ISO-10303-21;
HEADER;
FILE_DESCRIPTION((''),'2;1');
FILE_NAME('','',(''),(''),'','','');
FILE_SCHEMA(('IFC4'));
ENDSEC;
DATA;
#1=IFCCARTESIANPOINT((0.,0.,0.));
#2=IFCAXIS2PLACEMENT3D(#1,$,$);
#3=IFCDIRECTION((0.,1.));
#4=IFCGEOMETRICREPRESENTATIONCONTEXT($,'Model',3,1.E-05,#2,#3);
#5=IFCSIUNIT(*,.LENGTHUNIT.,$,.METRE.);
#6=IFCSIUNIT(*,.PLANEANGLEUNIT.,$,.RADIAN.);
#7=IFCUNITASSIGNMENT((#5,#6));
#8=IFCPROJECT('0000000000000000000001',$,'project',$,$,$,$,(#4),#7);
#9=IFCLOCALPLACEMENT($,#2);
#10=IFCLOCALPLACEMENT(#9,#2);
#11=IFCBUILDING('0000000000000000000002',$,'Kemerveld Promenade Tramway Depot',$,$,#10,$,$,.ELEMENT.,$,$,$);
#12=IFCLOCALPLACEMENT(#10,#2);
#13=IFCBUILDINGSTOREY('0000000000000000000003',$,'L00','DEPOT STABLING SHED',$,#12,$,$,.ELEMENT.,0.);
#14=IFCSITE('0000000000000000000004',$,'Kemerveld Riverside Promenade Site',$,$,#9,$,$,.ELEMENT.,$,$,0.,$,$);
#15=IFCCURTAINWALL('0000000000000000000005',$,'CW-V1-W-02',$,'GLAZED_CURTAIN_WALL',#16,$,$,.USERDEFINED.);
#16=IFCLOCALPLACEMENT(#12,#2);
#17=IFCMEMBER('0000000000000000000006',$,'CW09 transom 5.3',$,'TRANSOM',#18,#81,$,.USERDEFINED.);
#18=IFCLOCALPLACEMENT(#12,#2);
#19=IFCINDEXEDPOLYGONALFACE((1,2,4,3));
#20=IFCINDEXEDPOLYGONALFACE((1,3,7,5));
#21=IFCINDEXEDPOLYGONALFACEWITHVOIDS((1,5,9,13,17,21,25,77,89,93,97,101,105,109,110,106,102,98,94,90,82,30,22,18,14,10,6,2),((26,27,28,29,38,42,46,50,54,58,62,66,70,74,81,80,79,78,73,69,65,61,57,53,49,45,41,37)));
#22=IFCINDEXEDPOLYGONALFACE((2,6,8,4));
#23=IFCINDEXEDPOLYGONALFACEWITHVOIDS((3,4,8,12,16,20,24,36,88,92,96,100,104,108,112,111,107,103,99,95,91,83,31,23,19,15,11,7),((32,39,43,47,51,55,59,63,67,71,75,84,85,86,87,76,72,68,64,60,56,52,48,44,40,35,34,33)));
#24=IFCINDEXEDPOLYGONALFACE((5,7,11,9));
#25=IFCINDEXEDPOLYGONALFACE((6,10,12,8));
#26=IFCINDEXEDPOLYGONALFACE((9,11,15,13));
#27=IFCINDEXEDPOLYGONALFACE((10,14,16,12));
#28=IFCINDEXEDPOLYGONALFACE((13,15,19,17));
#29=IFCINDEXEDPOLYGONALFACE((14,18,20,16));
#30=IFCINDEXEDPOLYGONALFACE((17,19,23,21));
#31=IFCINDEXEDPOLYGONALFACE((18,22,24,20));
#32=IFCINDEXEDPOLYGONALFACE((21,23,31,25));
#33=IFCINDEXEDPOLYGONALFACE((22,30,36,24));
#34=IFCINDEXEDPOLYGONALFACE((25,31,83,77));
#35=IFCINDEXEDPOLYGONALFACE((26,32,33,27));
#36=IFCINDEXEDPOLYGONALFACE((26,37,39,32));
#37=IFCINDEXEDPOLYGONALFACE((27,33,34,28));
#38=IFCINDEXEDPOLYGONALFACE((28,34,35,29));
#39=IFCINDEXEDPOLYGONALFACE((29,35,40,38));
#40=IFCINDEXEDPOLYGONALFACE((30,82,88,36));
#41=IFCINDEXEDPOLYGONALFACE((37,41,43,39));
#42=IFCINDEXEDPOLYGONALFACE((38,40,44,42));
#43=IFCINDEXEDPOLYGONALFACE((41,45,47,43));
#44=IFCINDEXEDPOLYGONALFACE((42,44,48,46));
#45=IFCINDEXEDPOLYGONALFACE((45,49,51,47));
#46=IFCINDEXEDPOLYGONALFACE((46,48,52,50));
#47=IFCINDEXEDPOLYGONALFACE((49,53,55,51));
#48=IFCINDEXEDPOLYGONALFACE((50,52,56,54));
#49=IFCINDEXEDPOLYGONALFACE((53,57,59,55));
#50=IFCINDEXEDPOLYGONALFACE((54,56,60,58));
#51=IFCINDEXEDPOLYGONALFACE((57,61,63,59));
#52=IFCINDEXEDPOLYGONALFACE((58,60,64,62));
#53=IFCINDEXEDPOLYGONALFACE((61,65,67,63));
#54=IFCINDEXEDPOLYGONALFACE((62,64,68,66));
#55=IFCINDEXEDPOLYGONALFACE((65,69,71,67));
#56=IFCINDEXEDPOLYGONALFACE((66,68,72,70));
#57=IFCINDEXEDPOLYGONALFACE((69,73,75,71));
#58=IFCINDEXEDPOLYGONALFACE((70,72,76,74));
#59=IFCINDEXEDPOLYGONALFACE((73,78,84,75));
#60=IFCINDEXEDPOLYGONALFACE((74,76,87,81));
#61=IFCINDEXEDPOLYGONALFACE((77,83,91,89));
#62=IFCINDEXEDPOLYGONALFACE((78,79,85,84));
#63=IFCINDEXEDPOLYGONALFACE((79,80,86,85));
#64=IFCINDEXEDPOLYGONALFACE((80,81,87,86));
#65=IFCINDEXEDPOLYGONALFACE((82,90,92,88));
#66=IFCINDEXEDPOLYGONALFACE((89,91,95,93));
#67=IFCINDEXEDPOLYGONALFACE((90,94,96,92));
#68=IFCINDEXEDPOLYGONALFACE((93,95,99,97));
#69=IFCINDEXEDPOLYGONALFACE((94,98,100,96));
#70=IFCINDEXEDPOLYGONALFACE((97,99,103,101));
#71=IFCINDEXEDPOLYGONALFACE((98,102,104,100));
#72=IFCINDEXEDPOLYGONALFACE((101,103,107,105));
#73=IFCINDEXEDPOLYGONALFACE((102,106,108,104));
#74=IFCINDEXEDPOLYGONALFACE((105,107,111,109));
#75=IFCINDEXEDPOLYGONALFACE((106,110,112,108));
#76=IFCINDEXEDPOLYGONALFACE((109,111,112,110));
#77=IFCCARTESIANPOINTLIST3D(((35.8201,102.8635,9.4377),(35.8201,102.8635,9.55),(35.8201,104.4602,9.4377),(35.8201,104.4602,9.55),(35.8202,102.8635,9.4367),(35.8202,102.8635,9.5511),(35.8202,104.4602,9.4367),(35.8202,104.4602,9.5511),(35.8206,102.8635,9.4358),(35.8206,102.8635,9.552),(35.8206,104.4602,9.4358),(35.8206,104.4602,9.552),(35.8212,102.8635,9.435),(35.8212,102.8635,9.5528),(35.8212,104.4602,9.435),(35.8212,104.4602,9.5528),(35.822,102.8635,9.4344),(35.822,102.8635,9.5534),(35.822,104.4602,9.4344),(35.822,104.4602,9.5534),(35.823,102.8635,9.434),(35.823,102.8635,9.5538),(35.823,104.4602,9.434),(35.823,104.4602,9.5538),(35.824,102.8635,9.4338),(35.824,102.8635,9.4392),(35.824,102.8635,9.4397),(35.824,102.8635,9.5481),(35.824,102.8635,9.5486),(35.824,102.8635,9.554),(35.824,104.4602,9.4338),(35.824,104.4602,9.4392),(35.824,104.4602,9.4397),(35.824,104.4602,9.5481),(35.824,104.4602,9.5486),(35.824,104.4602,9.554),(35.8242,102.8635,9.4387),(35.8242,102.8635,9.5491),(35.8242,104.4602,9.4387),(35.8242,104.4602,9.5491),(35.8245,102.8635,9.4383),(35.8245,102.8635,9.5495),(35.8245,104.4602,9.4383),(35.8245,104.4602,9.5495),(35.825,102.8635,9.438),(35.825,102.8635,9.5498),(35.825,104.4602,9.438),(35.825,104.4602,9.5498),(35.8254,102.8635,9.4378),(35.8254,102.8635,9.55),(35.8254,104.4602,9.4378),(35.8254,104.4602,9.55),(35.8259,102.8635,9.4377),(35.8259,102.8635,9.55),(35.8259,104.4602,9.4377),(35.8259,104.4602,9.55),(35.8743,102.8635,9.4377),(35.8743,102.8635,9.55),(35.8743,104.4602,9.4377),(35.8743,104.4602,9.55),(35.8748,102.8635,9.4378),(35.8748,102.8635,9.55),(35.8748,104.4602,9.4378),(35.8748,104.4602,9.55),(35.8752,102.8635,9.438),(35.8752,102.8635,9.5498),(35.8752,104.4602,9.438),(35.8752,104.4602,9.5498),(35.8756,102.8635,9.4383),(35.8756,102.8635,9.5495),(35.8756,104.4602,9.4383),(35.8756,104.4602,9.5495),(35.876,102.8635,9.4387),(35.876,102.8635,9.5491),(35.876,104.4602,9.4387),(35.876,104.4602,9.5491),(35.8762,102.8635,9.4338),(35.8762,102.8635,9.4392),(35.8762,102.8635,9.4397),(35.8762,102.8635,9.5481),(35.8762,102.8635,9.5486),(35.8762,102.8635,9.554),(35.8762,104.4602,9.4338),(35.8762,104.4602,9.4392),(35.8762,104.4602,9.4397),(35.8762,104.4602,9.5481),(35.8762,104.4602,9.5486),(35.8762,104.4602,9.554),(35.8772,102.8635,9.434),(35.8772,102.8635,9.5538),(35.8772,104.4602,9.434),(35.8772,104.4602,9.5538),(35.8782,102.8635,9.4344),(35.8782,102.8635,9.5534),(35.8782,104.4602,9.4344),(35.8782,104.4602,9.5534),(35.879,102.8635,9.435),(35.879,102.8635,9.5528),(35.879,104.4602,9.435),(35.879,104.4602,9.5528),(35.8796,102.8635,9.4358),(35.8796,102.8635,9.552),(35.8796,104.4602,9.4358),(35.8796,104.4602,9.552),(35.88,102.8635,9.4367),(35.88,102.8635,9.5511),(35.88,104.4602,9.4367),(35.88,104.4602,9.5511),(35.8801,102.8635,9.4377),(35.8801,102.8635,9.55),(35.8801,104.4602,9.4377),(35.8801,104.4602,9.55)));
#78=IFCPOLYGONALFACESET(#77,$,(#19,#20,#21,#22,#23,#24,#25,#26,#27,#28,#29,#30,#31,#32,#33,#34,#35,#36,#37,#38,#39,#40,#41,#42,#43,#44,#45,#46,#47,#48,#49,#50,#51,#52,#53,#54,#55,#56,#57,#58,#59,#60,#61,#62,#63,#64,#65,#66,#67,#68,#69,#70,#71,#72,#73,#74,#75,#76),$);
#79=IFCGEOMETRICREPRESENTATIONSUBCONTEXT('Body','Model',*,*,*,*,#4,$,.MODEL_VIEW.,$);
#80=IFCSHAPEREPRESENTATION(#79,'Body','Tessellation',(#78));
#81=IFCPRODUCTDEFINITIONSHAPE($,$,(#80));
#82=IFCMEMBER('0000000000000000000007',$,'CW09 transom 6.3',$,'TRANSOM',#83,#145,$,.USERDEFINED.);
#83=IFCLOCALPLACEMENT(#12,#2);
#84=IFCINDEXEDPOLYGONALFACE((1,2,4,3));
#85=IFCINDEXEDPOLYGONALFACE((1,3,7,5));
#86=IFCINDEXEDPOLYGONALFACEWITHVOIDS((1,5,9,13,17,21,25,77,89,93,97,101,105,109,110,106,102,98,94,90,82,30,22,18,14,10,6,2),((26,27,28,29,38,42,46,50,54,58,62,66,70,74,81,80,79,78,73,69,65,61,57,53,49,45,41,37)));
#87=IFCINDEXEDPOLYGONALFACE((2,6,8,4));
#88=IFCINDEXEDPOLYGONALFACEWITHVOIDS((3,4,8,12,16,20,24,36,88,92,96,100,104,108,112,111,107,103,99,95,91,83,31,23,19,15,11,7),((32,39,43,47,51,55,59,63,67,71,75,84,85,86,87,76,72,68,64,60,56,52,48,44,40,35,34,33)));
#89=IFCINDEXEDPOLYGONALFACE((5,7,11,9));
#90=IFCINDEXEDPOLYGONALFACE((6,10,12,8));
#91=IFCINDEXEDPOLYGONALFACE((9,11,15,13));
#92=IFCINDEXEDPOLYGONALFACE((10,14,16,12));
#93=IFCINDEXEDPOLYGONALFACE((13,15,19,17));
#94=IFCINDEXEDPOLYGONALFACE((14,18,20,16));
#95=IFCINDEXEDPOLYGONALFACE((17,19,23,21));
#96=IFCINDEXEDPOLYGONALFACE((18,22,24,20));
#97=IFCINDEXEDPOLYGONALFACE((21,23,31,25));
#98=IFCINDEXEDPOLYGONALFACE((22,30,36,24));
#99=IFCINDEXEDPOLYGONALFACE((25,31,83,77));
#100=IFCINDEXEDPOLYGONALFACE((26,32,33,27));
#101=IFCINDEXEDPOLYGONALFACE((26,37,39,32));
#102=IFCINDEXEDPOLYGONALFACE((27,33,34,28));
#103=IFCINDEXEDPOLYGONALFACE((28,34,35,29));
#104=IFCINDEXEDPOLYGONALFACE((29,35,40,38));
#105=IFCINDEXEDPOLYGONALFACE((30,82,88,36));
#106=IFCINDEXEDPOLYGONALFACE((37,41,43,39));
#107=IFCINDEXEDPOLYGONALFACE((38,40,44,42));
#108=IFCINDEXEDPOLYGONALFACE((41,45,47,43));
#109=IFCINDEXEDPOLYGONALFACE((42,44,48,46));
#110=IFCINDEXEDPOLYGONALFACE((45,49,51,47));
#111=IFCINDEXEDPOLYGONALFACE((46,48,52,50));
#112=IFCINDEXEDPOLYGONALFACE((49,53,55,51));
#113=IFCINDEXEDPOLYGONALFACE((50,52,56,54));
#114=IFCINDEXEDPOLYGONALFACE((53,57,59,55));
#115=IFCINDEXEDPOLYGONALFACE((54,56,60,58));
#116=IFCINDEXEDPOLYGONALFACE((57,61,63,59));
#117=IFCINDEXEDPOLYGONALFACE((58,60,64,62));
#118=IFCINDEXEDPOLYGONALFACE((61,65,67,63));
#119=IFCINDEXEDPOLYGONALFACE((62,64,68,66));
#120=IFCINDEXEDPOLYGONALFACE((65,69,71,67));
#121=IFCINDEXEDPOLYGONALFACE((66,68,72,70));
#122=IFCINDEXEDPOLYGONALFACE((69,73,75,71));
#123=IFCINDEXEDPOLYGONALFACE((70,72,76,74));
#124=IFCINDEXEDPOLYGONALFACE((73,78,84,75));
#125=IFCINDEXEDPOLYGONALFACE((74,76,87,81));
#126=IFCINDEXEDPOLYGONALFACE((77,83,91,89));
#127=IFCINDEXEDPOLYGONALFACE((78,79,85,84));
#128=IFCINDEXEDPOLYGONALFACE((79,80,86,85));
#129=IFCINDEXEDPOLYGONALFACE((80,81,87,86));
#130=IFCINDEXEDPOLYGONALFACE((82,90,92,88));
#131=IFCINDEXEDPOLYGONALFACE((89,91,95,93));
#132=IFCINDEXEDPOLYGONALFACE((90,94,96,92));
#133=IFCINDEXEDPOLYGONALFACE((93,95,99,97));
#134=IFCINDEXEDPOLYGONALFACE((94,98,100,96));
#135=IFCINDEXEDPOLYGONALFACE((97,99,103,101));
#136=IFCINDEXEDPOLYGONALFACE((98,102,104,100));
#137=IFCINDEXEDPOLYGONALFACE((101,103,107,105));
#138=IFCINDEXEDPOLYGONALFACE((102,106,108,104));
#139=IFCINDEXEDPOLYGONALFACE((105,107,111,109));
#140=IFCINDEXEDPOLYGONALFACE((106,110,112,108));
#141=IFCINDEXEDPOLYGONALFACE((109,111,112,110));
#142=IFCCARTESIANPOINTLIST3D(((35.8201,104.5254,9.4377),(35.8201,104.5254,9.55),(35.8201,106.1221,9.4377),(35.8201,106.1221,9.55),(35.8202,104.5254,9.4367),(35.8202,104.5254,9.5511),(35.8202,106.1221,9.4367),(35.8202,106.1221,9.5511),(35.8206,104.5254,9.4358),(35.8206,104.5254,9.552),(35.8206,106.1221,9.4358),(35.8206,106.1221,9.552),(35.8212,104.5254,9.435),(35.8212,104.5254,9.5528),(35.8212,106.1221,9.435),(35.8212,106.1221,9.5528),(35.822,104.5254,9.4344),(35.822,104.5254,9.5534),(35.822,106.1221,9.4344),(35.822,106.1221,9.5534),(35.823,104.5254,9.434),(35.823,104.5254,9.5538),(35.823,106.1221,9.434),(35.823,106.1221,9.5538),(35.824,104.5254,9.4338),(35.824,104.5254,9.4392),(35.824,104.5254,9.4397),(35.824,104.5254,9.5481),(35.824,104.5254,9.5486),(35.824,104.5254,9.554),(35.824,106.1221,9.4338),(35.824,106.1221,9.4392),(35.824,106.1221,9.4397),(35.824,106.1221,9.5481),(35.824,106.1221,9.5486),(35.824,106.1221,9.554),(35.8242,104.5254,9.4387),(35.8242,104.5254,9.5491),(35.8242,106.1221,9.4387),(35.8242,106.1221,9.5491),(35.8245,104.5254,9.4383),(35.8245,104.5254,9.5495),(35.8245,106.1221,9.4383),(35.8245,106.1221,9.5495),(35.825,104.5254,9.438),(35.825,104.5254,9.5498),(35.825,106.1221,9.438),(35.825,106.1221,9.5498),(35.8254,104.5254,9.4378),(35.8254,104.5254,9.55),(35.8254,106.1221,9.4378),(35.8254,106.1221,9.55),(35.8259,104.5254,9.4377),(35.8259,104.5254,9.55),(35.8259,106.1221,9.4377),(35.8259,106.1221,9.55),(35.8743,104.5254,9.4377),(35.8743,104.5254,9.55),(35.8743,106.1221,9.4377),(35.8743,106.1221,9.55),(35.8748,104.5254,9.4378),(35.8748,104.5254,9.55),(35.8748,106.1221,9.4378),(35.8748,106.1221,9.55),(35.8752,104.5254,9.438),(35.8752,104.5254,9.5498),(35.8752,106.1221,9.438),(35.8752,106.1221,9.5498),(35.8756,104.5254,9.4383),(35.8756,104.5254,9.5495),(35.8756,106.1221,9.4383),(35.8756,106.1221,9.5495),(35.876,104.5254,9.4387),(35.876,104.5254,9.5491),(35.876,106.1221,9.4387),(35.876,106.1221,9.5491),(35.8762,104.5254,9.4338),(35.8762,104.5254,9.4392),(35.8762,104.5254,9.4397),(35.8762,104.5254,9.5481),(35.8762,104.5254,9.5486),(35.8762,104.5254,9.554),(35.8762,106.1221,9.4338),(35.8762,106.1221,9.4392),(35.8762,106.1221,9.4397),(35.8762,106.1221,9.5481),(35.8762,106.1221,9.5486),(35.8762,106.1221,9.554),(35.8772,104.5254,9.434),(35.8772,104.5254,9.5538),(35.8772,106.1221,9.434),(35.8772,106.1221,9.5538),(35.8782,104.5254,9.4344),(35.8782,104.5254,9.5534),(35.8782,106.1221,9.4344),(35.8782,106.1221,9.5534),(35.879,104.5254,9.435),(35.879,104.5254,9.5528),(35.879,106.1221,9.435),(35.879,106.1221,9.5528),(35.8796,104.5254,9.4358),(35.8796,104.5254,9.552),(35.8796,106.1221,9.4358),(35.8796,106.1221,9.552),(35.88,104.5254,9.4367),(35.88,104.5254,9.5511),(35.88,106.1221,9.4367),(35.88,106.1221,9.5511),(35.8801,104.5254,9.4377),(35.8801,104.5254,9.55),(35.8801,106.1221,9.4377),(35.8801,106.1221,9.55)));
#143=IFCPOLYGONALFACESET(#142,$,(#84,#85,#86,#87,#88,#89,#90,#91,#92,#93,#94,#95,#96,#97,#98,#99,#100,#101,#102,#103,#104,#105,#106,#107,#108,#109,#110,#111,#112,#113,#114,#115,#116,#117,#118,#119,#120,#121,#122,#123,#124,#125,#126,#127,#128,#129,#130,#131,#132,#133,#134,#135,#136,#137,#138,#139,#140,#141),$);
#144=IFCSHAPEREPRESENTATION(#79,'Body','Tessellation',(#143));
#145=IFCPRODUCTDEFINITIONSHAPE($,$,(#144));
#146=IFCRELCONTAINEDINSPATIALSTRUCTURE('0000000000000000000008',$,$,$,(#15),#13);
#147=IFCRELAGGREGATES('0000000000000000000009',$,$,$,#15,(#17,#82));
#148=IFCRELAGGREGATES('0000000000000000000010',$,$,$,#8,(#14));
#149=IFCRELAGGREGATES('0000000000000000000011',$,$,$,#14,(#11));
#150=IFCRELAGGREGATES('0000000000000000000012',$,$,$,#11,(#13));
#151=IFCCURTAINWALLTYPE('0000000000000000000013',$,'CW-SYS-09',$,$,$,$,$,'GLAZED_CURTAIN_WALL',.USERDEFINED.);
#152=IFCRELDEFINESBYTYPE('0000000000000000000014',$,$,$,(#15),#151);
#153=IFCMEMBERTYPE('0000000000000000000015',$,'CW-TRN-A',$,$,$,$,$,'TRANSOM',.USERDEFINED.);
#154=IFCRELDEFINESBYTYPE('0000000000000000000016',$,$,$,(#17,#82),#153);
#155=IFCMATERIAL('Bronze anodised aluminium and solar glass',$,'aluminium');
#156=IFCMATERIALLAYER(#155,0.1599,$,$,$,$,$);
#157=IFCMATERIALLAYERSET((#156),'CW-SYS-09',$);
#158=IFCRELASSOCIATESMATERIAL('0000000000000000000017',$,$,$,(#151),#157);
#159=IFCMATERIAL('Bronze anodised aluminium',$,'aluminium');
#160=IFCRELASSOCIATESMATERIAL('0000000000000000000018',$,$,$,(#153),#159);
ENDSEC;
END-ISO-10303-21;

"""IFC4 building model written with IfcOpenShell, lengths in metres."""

from ifc_helpers import new_model, si_unit, direction, frame, origin, origin_2d, place, context, subcontext, project, spatial, hollow_rectangle, extrude, material, layer, layer_set, material_profile, profile_set, type_object, element, aggregate, save


model = new_model("IFC4")

# Units and contexts
model_context = context("Model", 3, precision=1e-05, world=origin(), true_north=direction((0.0, 1.0)))
body_context = subcontext(model_context, "Body", "Model", "MODEL_VIEW")
ifc_project = project(units=[si_unit("LENGTHUNIT", "METRE"), si_unit("PLANEANGLEUNIT", "RADIAN")], contexts=[model_context])

# Site, building, storey
site_placement = place(None, origin())
site = spatial("IfcSite", under=ifc_project, at=site_placement, Name="Kemerveld Riverside Promenade Site", CompositionType="ELEMENT", RefElevation=0.0)
building_placement = place(site_placement, origin())
building = spatial("IfcBuilding", under=site, at=building_placement, Name="Kemerveld Promenade Tramway Depot", CompositionType="ELEMENT")
storey_placement = place(building_placement, origin())
storey = spatial("IfcBuildingStorey", under=building, at=storey_placement, Name="L00", Description="DEPOT STABLING SHED", CompositionType="ELEMENT", Elevation=0.0)

# Curtain wall, members
ifc_material_1 = material(Name="Bronze anodised aluminium and solar glass", Category="aluminium")
ifc_layer_1 = layer(ifc_material_1, 0.1599)
ifc_layer_set_1 = layer_set([ifc_layer_1], Name="CW-SYS-09")
curtain_wall_type_1 = type_object("IfcCurtainWallType", Name="CW-SYS-09", ElementType="GLAZED_CURTAIN_WALL", PredefinedType="USERDEFINED", material=ifc_layer_set_1)
curtain_wall_1_placement = place(storey_placement, origin())
curtain_wall_1 = element("IfcCurtainWall", 1, at=curtain_wall_1_placement, inside=storey, type_object=curtain_wall_type_1, Name="CW-V1-W-02", ObjectType="GLAZED_CURTAIN_WALL", PredefinedType="USERDEFINED")
ifc_material_2 = material(Name="Bronze anodised aluminium", Category="aluminium")
ifc_material_profile_1 = material_profile(ifc_material_2, hollow_rectangle(XDim=0.0601, YDim=0.1201, WallThickness=0.0039, InnerFilletRadius=0.002, OuterFilletRadius=0.0039, at=origin_2d()), Name="CW-TRN-120x60")
ifc_profile_set_1 = profile_set([ifc_material_profile_1], Name="Bronze anodised aluminium")
member_type_1 = type_object("IfcMemberType", Name="CW-TRN-A", ElementType="TRANSOM", PredefinedType="USERDEFINED", material=ifc_profile_set_1)
member_1_placement = place(storey_placement, frame((35.8501, 102.8635, 9.4939), z_axis=(0.0, 1.0, 0.0), x_axis=(-1.0, 0.0, 0.0)))
member_1 = element("IfcMember", 2, at=member_1_placement, type_object=member_type_1, Name="CW09 transom 5.3", ObjectType="TRANSOM", PredefinedType="USERDEFINED", context=body_context, shape_type="SweptSolid", body=[
    extrude(hollow_rectangle(XDim=0.0601, YDim=0.1201, WallThickness=0.0039, InnerFilletRadius=0.002, OuterFilletRadius=0.0039, at=origin_2d()), origin(), (0.0, 0.0, 1.0), 1.5967),
])
member_2_placement = place(storey_placement, frame((35.8501, 104.5254, 9.4939), z_axis=(0.0, 1.0, 0.0), x_axis=(-1.0, 0.0, 0.0)))
member_2 = element("IfcMember", 3, at=member_2_placement, type_object=member_type_1, Name="CW09 transom 6.3", ObjectType="TRANSOM", PredefinedType="USERDEFINED", context=body_context, shape_type="SweptSolid", body=[
    extrude(hollow_rectangle(XDim=0.0601, YDim=0.1201, WallThickness=0.0039, InnerFilletRadius=0.002, OuterFilletRadius=0.0039, at=origin_2d()), origin(), (0.0, 0.0, 1.0), 1.5967),
])

aggregate(curtain_wall_1, [member_1, member_2])

save(model, "model.ifc")
